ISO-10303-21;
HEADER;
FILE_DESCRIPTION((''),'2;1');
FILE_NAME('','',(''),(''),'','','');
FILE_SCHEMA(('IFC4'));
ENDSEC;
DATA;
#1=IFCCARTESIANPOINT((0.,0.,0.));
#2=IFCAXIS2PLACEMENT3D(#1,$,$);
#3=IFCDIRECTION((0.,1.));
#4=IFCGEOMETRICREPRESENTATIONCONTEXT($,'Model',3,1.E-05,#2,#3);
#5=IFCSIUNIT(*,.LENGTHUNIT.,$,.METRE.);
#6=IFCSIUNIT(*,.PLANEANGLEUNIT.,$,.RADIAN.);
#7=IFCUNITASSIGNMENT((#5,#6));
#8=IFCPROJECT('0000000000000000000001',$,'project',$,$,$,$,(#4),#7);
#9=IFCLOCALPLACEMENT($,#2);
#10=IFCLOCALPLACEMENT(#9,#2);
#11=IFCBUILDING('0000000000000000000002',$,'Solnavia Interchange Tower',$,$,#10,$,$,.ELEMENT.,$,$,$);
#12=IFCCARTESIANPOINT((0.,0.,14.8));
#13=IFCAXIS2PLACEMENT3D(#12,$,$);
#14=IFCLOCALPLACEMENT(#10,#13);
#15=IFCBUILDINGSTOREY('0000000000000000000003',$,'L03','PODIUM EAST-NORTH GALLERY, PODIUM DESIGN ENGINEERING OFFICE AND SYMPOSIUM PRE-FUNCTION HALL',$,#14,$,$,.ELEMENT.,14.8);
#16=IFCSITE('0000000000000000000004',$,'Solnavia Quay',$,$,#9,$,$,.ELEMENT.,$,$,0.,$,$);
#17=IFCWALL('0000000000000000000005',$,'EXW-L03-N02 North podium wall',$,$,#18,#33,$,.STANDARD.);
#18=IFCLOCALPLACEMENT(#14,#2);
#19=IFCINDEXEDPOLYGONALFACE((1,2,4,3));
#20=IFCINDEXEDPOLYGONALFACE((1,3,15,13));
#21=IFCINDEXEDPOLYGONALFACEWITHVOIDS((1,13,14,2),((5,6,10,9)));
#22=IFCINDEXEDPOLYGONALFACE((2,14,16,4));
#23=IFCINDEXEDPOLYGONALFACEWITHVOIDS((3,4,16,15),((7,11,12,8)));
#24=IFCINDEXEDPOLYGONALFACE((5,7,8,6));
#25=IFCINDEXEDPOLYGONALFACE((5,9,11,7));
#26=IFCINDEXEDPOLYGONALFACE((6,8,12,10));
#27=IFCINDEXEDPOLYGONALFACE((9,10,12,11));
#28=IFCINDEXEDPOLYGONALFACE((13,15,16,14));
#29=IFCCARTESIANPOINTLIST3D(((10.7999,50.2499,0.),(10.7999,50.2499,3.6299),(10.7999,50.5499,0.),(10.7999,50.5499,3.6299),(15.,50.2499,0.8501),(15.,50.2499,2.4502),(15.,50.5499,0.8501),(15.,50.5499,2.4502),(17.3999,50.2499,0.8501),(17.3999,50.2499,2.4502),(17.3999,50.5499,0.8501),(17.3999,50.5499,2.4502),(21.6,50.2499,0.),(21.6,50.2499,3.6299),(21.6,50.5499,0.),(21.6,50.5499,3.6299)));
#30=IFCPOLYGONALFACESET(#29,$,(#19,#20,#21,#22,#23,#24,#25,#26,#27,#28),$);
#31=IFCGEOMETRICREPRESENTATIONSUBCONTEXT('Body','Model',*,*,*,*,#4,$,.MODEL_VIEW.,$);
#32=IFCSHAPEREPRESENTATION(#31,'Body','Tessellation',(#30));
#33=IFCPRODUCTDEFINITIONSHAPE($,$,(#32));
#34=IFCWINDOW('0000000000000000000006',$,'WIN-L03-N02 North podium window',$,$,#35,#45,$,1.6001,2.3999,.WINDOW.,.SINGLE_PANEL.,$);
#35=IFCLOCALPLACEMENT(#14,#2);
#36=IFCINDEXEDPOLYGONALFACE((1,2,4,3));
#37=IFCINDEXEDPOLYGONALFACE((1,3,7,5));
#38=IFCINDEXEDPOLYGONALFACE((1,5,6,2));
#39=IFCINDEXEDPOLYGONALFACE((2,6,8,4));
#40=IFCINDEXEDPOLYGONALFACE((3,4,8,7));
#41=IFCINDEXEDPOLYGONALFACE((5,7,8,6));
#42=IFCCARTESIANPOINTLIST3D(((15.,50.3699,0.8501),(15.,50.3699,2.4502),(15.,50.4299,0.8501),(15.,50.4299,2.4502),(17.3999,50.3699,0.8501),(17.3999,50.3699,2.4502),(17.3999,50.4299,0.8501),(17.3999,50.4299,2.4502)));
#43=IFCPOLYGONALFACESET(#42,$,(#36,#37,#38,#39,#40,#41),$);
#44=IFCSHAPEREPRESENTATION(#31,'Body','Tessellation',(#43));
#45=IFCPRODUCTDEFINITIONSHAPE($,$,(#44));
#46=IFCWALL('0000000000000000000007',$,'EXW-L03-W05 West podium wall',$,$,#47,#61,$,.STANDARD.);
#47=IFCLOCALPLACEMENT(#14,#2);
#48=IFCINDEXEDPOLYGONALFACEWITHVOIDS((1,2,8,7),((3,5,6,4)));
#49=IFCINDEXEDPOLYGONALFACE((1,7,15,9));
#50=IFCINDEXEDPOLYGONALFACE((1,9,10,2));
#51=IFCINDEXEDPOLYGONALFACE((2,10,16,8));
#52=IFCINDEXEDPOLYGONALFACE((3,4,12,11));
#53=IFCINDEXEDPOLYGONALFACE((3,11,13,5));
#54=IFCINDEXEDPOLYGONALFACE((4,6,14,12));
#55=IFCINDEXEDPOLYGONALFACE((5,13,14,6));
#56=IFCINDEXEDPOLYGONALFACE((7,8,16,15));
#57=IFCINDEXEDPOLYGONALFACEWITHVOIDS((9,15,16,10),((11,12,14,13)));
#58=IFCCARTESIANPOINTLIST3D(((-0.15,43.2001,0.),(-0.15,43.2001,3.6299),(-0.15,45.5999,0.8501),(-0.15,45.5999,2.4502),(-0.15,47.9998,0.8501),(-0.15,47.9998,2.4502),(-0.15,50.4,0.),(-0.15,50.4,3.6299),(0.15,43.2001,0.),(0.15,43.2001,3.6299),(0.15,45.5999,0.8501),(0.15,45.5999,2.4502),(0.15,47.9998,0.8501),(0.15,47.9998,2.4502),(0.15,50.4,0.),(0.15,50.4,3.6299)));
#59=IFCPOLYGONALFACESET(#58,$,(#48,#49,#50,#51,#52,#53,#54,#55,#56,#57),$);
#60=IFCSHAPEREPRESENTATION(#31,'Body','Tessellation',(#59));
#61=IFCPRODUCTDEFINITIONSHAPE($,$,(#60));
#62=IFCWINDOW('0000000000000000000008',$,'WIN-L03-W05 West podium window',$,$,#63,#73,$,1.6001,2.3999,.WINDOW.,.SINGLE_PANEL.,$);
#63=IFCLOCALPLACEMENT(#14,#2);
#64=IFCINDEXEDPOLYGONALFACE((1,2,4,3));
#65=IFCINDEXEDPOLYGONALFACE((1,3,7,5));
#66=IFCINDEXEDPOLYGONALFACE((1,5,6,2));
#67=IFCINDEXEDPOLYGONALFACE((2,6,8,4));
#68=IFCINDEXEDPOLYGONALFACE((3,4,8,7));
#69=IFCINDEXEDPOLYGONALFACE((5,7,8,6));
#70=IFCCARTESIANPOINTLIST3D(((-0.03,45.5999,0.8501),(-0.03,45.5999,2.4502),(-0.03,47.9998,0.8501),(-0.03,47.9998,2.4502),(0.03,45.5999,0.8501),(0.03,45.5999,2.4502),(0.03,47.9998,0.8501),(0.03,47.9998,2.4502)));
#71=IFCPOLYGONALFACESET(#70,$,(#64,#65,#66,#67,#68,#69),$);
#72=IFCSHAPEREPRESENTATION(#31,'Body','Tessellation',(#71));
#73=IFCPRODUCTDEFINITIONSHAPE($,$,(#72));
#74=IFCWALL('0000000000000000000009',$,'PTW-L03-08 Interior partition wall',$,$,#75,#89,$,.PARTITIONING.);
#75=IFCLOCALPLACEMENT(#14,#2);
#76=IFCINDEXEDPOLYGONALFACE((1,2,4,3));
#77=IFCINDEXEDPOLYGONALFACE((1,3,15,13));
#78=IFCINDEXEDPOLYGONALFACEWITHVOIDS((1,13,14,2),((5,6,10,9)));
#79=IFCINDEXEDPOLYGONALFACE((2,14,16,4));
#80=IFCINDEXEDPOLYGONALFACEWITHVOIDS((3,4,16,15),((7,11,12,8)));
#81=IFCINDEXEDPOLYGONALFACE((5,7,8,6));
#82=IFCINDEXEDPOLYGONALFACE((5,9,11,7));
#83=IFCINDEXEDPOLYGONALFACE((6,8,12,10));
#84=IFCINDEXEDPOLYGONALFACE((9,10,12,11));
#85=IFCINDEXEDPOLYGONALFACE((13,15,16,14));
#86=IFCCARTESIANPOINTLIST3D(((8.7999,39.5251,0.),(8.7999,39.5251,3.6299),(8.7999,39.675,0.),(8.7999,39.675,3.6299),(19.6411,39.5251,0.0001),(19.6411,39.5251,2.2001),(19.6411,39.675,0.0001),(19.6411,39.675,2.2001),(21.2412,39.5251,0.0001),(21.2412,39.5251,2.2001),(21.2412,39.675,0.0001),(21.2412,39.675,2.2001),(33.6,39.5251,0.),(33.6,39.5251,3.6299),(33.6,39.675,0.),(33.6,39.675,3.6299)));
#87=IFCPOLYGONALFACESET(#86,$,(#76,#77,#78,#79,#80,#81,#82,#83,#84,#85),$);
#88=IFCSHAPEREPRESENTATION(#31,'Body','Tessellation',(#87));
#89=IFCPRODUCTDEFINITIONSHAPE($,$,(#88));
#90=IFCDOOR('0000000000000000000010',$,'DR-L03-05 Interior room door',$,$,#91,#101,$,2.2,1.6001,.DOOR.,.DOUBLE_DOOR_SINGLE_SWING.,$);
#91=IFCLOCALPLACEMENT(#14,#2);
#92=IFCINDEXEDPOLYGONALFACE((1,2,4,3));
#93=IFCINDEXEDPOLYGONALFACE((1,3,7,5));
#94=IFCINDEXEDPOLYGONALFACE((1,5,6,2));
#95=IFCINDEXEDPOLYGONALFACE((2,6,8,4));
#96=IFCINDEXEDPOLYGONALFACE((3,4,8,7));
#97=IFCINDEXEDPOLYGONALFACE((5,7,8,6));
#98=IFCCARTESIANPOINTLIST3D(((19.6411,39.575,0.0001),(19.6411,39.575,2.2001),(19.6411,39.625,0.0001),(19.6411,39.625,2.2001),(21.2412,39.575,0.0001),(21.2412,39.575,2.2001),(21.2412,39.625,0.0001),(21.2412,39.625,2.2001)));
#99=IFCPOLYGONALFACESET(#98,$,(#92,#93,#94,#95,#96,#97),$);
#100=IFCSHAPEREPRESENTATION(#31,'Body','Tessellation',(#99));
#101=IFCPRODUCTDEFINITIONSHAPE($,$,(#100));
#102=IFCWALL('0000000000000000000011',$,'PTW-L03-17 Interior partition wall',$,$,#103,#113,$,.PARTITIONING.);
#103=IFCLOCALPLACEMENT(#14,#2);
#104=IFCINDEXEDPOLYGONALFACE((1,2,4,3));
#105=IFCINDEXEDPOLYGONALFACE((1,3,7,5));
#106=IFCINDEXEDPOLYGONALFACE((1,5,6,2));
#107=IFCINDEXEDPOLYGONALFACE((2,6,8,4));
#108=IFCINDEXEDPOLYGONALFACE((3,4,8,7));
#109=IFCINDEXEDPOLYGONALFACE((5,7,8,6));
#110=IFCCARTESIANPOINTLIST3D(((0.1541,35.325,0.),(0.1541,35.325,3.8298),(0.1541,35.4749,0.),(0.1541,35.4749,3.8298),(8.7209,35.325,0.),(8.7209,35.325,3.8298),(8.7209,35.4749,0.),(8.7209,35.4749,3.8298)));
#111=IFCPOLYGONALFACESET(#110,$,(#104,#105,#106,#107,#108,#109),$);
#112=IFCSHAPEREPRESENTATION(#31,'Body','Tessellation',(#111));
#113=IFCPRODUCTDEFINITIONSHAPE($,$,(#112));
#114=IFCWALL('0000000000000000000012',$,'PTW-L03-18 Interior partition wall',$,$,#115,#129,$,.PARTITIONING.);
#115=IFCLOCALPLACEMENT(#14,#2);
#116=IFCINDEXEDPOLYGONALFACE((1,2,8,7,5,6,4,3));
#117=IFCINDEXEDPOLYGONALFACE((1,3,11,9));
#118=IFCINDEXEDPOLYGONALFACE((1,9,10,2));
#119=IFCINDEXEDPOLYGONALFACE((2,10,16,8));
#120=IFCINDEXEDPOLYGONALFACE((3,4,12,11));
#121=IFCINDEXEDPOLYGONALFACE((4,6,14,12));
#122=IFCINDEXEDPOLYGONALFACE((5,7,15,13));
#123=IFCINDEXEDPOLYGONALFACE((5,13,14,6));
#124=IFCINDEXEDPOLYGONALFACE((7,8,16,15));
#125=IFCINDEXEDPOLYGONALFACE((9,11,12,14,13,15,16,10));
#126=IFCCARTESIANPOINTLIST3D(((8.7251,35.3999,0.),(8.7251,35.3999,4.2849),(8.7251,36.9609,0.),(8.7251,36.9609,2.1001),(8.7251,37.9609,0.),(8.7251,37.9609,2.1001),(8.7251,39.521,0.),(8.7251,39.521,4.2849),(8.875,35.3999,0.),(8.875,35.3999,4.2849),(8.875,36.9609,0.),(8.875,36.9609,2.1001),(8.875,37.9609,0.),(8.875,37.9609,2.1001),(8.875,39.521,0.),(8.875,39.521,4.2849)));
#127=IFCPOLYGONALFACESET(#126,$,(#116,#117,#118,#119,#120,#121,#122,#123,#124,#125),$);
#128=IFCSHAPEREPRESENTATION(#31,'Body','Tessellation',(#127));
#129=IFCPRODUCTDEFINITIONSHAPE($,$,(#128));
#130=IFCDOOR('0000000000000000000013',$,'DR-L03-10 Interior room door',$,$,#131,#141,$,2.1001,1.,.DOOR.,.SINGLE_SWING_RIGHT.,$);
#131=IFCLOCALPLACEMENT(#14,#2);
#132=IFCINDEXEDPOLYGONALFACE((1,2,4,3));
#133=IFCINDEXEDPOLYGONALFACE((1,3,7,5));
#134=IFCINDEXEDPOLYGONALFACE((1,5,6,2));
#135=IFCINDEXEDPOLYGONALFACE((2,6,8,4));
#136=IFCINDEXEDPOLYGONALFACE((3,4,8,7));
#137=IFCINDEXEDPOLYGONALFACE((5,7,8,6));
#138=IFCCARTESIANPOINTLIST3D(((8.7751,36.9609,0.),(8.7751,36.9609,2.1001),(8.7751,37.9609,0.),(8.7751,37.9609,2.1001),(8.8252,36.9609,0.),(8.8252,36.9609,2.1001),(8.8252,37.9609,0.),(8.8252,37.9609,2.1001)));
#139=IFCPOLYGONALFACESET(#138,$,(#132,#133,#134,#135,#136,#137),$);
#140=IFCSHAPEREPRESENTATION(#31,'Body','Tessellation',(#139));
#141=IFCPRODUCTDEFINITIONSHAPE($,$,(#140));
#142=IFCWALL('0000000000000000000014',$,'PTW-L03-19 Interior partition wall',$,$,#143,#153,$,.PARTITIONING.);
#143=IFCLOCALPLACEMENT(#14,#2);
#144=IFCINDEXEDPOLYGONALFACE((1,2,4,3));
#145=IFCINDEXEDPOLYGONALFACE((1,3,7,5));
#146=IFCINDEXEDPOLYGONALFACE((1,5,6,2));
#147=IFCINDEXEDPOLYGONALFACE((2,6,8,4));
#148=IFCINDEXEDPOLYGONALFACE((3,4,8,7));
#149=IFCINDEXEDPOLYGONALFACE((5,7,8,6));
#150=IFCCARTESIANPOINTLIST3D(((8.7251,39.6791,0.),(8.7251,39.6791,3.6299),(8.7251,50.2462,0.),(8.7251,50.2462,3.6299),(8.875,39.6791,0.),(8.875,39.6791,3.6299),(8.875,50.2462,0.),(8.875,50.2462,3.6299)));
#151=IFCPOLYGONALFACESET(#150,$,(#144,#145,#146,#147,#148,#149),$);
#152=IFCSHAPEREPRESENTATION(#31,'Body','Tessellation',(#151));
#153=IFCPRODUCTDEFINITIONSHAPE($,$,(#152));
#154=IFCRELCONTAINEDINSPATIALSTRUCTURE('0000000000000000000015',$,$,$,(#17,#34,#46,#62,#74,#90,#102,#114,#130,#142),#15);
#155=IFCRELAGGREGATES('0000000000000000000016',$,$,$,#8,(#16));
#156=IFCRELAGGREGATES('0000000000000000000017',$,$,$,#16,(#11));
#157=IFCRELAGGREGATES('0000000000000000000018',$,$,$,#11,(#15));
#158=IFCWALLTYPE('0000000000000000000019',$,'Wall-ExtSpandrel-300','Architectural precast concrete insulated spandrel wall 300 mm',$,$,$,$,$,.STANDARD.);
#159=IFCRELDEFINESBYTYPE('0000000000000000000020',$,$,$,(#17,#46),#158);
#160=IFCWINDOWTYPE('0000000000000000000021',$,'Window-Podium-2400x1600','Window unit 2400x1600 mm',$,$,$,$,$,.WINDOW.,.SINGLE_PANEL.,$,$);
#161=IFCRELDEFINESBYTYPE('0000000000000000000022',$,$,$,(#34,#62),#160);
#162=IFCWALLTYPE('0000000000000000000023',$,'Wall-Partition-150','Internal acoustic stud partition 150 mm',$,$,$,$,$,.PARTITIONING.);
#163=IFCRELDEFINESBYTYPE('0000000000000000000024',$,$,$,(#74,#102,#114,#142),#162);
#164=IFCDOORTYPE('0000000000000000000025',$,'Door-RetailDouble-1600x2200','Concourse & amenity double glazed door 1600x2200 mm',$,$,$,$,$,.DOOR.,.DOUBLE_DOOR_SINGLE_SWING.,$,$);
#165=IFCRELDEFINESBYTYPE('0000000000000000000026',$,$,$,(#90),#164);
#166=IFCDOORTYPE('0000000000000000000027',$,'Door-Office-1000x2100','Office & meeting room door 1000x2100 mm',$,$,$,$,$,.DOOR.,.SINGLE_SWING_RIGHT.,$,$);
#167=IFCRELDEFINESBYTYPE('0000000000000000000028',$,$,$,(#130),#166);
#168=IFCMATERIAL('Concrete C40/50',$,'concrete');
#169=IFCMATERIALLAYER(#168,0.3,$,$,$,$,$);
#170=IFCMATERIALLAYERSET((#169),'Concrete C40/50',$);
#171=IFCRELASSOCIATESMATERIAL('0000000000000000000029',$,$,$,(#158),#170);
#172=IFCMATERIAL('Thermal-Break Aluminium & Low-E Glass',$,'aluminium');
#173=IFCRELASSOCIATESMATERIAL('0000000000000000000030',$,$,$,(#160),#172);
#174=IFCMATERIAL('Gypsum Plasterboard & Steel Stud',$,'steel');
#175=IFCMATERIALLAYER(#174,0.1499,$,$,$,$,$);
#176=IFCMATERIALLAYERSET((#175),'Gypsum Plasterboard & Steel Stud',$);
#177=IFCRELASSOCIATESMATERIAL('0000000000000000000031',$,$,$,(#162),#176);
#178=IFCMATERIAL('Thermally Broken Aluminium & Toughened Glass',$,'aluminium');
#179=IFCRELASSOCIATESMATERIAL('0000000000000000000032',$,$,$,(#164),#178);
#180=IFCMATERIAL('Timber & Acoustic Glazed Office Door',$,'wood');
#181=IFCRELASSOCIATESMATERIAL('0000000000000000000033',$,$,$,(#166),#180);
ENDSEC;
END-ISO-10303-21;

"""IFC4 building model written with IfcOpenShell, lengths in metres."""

from ifc_helpers import new_model, si_unit, direction, frame, frame_2d, origin, place, context, subcontext, project, spatial, rectangle, extrude, material, layer, layer_set, type_object, element, fill, save


model = new_model("IFC4")

# Units and contexts
model_context = context("Model", 3, precision=1e-05, world=origin(), true_north=direction((0.0, 1.0)))
body_context = subcontext(model_context, "Body", "Model", "MODEL_VIEW")
ifc_project = project(units=[si_unit("LENGTHUNIT", "METRE"), si_unit("PLANEANGLEUNIT", "RADIAN")], contexts=[model_context])

# Site, building, storey
site_placement = place(None, origin())
site = spatial("IfcSite", under=ifc_project, at=site_placement, Name="Solnavia Quay", CompositionType="ELEMENT", RefElevation=0.0)
building_placement = place(site_placement, origin())
building = spatial("IfcBuilding", under=site, at=building_placement, Name="Solnavia Interchange Tower", CompositionType="ELEMENT")
storey_placement = place(building_placement, frame((0.0, 0.0, 14.8)))
storey = spatial("IfcBuildingStorey", under=building, at=storey_placement, Name="L03", Description="PODIUM EAST-NORTH GALLERY, PODIUM DESIGN ENGINEERING OFFICE AND SYMPOSIUM PRE-FUNCTION HALL", CompositionType="ELEMENT", Elevation=14.8)

# Walls, openings, windows
ifc_material_1 = material(Name="Concrete C40/50", Category="concrete")
ifc_layer_1 = layer(ifc_material_1, 0.3)
ifc_layer_set_1 = layer_set([ifc_layer_1], Name="Concrete C40/50")
wall_type_1 = type_object("IfcWallType", Name="Wall-ExtSpandrel-300", Description="Architectural precast concrete insulated spandrel wall 300 mm", PredefinedType="STANDARD", material=ifc_layer_set_1)
ifc_material_2 = material(Name="Thermal-Break Aluminium & Low-E Glass", Category="aluminium")
window_type = type_object("IfcWindowType", Name="Window-Podium-2400x1600", Description="Window unit 2400x1600 mm", PartitioningType="SINGLE_PANEL", PredefinedType="WINDOW", material=ifc_material_2)
wall_1_placement = place(storey_placement, frame((10.8, 50.3999, 0.0), z_axis=(0.0, 0.0, 1.0), x_axis=(1.0, 0.0, 0.0)))
wall_1 = element("IfcWall", 1, at=wall_1_placement, inside=storey, type_object=wall_type_1, Name="EXW-L03-N02 North podium wall", PredefinedType="STANDARD", context=body_context, shape_type="SweptSolid", body=[
    extrude(rectangle(XDim=10.8, YDim=0.3, at=frame_2d((5.3999, 0.0))), origin(), (0.0, 0.0, 1.0), 3.6299),
])
opening_1_placement = place(wall_1_placement, frame((4.2, 0.0, 0.8501)))
opening_1 = element("IfcOpeningElement", 2, at=opening_1_placement, cuts=wall_1, PredefinedType="OPENING", context=body_context, shape_type="SweptSolid", body=[
    extrude(rectangle(XDim=2.3999, YDim=1.6001, at=frame_2d((1.2, 0.8))), frame((0.0, 0.1602, 0.0), z_axis=(0.0, -1.0, 0.0), x_axis=(1.0, 0.0, 0.0)), (0.0, 0.0, 1.0), 0.3201),
])
window_1_placement = place(opening_1_placement, origin())
window_1 = element("IfcWindow", 3, at=window_1_placement, inside=storey, type_object=window_type, Name="WIN-L03-N02 North podium window", OverallHeight=1.6001, OverallWidth=2.3999, PartitioningType="SINGLE_PANEL", PredefinedType="WINDOW", context=body_context, shape_type="SweptSolid", body=[
    extrude(rectangle(XDim=2.3999, YDim=1.6001, at=frame_2d((1.2, 0.8))), frame((0.0, 0.03, 0.0), z_axis=(0.0, -1.0, 0.0), x_axis=(1.0, 0.0, 0.0)), (0.0, 0.0, 1.0), 0.0601),
])
fill(opening_1, window_1)
wall_2_placement = place(storey_placement, frame((0.0, 43.2, 0.0), z_axis=(0.0, 0.0, 1.0), x_axis=(0.0, 1.0, 0.0)))
wall_2 = element("IfcWall", 4, at=wall_2_placement, inside=storey, type_object=wall_type_1, Name="EXW-L03-W05 West podium wall", PredefinedType="STANDARD", context=body_context, shape_type="SweptSolid", body=[
    extrude(rectangle(XDim=7.2, YDim=0.3, at=frame_2d((3.6001, 0.0))), origin(), (0.0, 0.0, 1.0), 3.6299),
])
opening_2_placement = place(wall_2_placement, frame((2.3999, 0.0, 0.8501)))
opening_2 = element("IfcOpeningElement", 5, at=opening_2_placement, cuts=wall_2, PredefinedType="OPENING", context=body_context, shape_type="SweptSolid", body=[
    extrude(rectangle(XDim=2.3999, YDim=1.6001, at=frame_2d((1.2, 0.8))), frame((0.0, 0.1602, 0.0), z_axis=(0.0, -1.0, 0.0), x_axis=(1.0, 0.0, 0.0)), (0.0, 0.0, 1.0), 0.3201),
])
window_2_placement = place(opening_2_placement, origin())
window_2 = element("IfcWindow", 6, at=window_2_placement, inside=storey, type_object=window_type, Name="WIN-L03-W05 West podium window", OverallHeight=1.6001, OverallWidth=2.3999, PartitioningType="SINGLE_PANEL", PredefinedType="WINDOW", context=body_context, shape_type="SweptSolid", body=[
    extrude(rectangle(XDim=2.3999, YDim=1.6001, at=frame_2d((1.2, 0.8))), frame((0.0, 0.03, 0.0), z_axis=(0.0, -1.0, 0.0), x_axis=(1.0, 0.0, 0.0)), (0.0, 0.0, 1.0), 0.0601),
])
fill(opening_2, window_2)

# Wall, opening, door
ifc_material_3 = material(Name="Gypsum Plasterboard & Steel Stud", Category="steel")
ifc_layer_2 = layer(ifc_material_3, 0.1499)
ifc_layer_set_2 = layer_set([ifc_layer_2], Name="Gypsum Plasterboard & Steel Stud")
wall_type_2 = type_object("IfcWallType", Name="Wall-Partition-150", Description="Internal acoustic stud partition 150 mm", PredefinedType="PARTITIONING", material=ifc_layer_set_2)
wall_3_placement = place(storey_placement, frame((8.8, 39.6001, 0.0), z_axis=(0.0, 0.0, 1.0), x_axis=(1.0, 0.0, 0.0)))
wall_3 = element("IfcWall", 7, at=wall_3_placement, inside=storey, type_object=wall_type_2, Name="PTW-L03-08 Interior partition wall", PredefinedType="PARTITIONING", context=body_context, shape_type="SweptSolid", body=[
    extrude(rectangle(XDim=24.8, YDim=0.1499, at=frame_2d((12.3999, 0.0))), origin(), (0.0, 0.0, 1.0), 3.6299),
])
opening_3_placement = place(wall_3_placement, frame((10.8411, 0.0, 0.0)))
opening_3 = element("IfcOpeningElement", 8, at=opening_3_placement, cuts=wall_3, PredefinedType="OPENING", context=body_context, shape_type="SweptSolid", body=[
    extrude(rectangle(XDim=1.6001, YDim=2.2, at=frame_2d((0.8, 1.1001))), frame((0.0, 0.085, 0.0), z_axis=(0.0, -1.0, 0.0), x_axis=(1.0, 0.0, 0.0)), (0.0, 0.0, 1.0), 0.1699),
])
ifc_material_4 = material(Name="Thermally Broken Aluminium & Toughened Glass", Category="aluminium")
door_type_1 = type_object("IfcDoorType", Name="Door-RetailDouble-1600x2200", Description="Concourse & amenity double glazed door 1600x2200 mm", OperationType="DOUBLE_DOOR_SINGLE_SWING", PredefinedType="DOOR", material=ifc_material_4)
door_1_placement = place(opening_3_placement, origin())
door_1 = element("IfcDoor", 9, at=door_1_placement, inside=storey, type_object=door_type_1, Name="DR-L03-05 Interior room door", OperationType="DOUBLE_DOOR_SINGLE_SWING", OverallHeight=2.2, OverallWidth=1.6001, PredefinedType="DOOR", context=body_context, shape_type="SweptSolid", body=[
    extrude(rectangle(XDim=1.6001, YDim=2.2, at=frame_2d((0.8, 1.1001))), frame((0.0, 0.0249, 0.0), z_axis=(0.0, -1.0, 0.0), x_axis=(1.0, 0.0, 0.0)), (0.0, 0.0, 1.0), 0.05),
])
fill(opening_3, door_1)

# Wall
wall_4_placement = place(storey_placement, frame((0.1541, 35.3999, 0.0), z_axis=(0.0, 0.0, 1.0), x_axis=(1.0, 0.0, 0.0)))
element("IfcWall", 10, at=wall_4_placement, inside=storey, type_object=wall_type_2, Name="PTW-L03-17 Interior partition wall", PredefinedType="PARTITIONING", context=body_context, shape_type="SweptSolid", body=[
    extrude(rectangle(XDim=8.5669, YDim=0.1499, at=frame_2d((4.2834, 0.0))), origin(), (0.0, 0.0, 1.0), 3.8298),
])

# Wall, opening, door
wall_5_placement = place(storey_placement, frame((8.8, 35.3999, 0.0), z_axis=(0.0, 0.0, 1.0), x_axis=(0.0, 1.0, 0.0)))
wall_5 = element("IfcWall", 11, at=wall_5_placement, inside=storey, type_object=wall_type_2, Name="PTW-L03-18 Interior partition wall", PredefinedType="PARTITIONING", context=body_context, shape_type="SweptSolid", body=[
    extrude(rectangle(XDim=4.1211, YDim=0.1499, at=frame_2d((2.0605, 0.0))), origin(), (0.0, 0.0, 1.0), 4.2849),
])
opening_4_placement = place(wall_5_placement, frame((1.561, 0.0, 0.0)))
opening_4 = element("IfcOpeningElement", 12, at=opening_4_placement, cuts=wall_5, PredefinedType="OPENING", context=body_context, shape_type="SweptSolid", body=[
    extrude(rectangle(XDim=1.0, YDim=2.1001, at=frame_2d((0.5, 1.05))), frame((0.0, 0.085, 0.0), z_axis=(0.0, -1.0, 0.0), x_axis=(1.0, 0.0, 0.0)), (0.0, 0.0, 1.0), 0.1699),
])
ifc_material_5 = material(Name="Timber & Acoustic Glazed Office Door", Category="wood")
door_type_2 = type_object("IfcDoorType", Name="Door-Office-1000x2100", Description="Office & meeting room door 1000x2100 mm", OperationType="SINGLE_SWING_RIGHT", PredefinedType="DOOR", material=ifc_material_5)
door_2_placement = place(opening_4_placement, origin())
door_2 = element("IfcDoor", 13, at=door_2_placement, inside=storey, type_object=door_type_2, Name="DR-L03-10 Interior room door", OperationType="SINGLE_SWING_RIGHT", OverallHeight=2.1001, OverallWidth=1.0, PredefinedType="DOOR", context=body_context, shape_type="SweptSolid", body=[
    extrude(rectangle(XDim=1.0, YDim=2.1001, at=frame_2d((0.5, 1.05))), frame((0.0, 0.0249, 0.0), z_axis=(0.0, -1.0, 0.0), x_axis=(1.0, 0.0, 0.0)), (0.0, 0.0, 1.0), 0.05),
])
fill(opening_4, door_2)

# Wall
wall_6_placement = place(storey_placement, frame((8.8, 39.679, 0.0), z_axis=(0.0, 0.0, 1.0), x_axis=(0.0, 1.0, 0.0)))
element("IfcWall", 14, at=wall_6_placement, inside=storey, type_object=wall_type_2, Name="PTW-L03-19 Interior partition wall", PredefinedType="PARTITIONING", context=body_context, shape_type="SweptSolid", body=[
    extrude(rectangle(XDim=10.5671, YDim=0.1499, at=frame_2d((5.2837, 0.0))), origin(), (0.0, 0.0, 1.0), 3.6299),
])

save(model, "model.ifc")
